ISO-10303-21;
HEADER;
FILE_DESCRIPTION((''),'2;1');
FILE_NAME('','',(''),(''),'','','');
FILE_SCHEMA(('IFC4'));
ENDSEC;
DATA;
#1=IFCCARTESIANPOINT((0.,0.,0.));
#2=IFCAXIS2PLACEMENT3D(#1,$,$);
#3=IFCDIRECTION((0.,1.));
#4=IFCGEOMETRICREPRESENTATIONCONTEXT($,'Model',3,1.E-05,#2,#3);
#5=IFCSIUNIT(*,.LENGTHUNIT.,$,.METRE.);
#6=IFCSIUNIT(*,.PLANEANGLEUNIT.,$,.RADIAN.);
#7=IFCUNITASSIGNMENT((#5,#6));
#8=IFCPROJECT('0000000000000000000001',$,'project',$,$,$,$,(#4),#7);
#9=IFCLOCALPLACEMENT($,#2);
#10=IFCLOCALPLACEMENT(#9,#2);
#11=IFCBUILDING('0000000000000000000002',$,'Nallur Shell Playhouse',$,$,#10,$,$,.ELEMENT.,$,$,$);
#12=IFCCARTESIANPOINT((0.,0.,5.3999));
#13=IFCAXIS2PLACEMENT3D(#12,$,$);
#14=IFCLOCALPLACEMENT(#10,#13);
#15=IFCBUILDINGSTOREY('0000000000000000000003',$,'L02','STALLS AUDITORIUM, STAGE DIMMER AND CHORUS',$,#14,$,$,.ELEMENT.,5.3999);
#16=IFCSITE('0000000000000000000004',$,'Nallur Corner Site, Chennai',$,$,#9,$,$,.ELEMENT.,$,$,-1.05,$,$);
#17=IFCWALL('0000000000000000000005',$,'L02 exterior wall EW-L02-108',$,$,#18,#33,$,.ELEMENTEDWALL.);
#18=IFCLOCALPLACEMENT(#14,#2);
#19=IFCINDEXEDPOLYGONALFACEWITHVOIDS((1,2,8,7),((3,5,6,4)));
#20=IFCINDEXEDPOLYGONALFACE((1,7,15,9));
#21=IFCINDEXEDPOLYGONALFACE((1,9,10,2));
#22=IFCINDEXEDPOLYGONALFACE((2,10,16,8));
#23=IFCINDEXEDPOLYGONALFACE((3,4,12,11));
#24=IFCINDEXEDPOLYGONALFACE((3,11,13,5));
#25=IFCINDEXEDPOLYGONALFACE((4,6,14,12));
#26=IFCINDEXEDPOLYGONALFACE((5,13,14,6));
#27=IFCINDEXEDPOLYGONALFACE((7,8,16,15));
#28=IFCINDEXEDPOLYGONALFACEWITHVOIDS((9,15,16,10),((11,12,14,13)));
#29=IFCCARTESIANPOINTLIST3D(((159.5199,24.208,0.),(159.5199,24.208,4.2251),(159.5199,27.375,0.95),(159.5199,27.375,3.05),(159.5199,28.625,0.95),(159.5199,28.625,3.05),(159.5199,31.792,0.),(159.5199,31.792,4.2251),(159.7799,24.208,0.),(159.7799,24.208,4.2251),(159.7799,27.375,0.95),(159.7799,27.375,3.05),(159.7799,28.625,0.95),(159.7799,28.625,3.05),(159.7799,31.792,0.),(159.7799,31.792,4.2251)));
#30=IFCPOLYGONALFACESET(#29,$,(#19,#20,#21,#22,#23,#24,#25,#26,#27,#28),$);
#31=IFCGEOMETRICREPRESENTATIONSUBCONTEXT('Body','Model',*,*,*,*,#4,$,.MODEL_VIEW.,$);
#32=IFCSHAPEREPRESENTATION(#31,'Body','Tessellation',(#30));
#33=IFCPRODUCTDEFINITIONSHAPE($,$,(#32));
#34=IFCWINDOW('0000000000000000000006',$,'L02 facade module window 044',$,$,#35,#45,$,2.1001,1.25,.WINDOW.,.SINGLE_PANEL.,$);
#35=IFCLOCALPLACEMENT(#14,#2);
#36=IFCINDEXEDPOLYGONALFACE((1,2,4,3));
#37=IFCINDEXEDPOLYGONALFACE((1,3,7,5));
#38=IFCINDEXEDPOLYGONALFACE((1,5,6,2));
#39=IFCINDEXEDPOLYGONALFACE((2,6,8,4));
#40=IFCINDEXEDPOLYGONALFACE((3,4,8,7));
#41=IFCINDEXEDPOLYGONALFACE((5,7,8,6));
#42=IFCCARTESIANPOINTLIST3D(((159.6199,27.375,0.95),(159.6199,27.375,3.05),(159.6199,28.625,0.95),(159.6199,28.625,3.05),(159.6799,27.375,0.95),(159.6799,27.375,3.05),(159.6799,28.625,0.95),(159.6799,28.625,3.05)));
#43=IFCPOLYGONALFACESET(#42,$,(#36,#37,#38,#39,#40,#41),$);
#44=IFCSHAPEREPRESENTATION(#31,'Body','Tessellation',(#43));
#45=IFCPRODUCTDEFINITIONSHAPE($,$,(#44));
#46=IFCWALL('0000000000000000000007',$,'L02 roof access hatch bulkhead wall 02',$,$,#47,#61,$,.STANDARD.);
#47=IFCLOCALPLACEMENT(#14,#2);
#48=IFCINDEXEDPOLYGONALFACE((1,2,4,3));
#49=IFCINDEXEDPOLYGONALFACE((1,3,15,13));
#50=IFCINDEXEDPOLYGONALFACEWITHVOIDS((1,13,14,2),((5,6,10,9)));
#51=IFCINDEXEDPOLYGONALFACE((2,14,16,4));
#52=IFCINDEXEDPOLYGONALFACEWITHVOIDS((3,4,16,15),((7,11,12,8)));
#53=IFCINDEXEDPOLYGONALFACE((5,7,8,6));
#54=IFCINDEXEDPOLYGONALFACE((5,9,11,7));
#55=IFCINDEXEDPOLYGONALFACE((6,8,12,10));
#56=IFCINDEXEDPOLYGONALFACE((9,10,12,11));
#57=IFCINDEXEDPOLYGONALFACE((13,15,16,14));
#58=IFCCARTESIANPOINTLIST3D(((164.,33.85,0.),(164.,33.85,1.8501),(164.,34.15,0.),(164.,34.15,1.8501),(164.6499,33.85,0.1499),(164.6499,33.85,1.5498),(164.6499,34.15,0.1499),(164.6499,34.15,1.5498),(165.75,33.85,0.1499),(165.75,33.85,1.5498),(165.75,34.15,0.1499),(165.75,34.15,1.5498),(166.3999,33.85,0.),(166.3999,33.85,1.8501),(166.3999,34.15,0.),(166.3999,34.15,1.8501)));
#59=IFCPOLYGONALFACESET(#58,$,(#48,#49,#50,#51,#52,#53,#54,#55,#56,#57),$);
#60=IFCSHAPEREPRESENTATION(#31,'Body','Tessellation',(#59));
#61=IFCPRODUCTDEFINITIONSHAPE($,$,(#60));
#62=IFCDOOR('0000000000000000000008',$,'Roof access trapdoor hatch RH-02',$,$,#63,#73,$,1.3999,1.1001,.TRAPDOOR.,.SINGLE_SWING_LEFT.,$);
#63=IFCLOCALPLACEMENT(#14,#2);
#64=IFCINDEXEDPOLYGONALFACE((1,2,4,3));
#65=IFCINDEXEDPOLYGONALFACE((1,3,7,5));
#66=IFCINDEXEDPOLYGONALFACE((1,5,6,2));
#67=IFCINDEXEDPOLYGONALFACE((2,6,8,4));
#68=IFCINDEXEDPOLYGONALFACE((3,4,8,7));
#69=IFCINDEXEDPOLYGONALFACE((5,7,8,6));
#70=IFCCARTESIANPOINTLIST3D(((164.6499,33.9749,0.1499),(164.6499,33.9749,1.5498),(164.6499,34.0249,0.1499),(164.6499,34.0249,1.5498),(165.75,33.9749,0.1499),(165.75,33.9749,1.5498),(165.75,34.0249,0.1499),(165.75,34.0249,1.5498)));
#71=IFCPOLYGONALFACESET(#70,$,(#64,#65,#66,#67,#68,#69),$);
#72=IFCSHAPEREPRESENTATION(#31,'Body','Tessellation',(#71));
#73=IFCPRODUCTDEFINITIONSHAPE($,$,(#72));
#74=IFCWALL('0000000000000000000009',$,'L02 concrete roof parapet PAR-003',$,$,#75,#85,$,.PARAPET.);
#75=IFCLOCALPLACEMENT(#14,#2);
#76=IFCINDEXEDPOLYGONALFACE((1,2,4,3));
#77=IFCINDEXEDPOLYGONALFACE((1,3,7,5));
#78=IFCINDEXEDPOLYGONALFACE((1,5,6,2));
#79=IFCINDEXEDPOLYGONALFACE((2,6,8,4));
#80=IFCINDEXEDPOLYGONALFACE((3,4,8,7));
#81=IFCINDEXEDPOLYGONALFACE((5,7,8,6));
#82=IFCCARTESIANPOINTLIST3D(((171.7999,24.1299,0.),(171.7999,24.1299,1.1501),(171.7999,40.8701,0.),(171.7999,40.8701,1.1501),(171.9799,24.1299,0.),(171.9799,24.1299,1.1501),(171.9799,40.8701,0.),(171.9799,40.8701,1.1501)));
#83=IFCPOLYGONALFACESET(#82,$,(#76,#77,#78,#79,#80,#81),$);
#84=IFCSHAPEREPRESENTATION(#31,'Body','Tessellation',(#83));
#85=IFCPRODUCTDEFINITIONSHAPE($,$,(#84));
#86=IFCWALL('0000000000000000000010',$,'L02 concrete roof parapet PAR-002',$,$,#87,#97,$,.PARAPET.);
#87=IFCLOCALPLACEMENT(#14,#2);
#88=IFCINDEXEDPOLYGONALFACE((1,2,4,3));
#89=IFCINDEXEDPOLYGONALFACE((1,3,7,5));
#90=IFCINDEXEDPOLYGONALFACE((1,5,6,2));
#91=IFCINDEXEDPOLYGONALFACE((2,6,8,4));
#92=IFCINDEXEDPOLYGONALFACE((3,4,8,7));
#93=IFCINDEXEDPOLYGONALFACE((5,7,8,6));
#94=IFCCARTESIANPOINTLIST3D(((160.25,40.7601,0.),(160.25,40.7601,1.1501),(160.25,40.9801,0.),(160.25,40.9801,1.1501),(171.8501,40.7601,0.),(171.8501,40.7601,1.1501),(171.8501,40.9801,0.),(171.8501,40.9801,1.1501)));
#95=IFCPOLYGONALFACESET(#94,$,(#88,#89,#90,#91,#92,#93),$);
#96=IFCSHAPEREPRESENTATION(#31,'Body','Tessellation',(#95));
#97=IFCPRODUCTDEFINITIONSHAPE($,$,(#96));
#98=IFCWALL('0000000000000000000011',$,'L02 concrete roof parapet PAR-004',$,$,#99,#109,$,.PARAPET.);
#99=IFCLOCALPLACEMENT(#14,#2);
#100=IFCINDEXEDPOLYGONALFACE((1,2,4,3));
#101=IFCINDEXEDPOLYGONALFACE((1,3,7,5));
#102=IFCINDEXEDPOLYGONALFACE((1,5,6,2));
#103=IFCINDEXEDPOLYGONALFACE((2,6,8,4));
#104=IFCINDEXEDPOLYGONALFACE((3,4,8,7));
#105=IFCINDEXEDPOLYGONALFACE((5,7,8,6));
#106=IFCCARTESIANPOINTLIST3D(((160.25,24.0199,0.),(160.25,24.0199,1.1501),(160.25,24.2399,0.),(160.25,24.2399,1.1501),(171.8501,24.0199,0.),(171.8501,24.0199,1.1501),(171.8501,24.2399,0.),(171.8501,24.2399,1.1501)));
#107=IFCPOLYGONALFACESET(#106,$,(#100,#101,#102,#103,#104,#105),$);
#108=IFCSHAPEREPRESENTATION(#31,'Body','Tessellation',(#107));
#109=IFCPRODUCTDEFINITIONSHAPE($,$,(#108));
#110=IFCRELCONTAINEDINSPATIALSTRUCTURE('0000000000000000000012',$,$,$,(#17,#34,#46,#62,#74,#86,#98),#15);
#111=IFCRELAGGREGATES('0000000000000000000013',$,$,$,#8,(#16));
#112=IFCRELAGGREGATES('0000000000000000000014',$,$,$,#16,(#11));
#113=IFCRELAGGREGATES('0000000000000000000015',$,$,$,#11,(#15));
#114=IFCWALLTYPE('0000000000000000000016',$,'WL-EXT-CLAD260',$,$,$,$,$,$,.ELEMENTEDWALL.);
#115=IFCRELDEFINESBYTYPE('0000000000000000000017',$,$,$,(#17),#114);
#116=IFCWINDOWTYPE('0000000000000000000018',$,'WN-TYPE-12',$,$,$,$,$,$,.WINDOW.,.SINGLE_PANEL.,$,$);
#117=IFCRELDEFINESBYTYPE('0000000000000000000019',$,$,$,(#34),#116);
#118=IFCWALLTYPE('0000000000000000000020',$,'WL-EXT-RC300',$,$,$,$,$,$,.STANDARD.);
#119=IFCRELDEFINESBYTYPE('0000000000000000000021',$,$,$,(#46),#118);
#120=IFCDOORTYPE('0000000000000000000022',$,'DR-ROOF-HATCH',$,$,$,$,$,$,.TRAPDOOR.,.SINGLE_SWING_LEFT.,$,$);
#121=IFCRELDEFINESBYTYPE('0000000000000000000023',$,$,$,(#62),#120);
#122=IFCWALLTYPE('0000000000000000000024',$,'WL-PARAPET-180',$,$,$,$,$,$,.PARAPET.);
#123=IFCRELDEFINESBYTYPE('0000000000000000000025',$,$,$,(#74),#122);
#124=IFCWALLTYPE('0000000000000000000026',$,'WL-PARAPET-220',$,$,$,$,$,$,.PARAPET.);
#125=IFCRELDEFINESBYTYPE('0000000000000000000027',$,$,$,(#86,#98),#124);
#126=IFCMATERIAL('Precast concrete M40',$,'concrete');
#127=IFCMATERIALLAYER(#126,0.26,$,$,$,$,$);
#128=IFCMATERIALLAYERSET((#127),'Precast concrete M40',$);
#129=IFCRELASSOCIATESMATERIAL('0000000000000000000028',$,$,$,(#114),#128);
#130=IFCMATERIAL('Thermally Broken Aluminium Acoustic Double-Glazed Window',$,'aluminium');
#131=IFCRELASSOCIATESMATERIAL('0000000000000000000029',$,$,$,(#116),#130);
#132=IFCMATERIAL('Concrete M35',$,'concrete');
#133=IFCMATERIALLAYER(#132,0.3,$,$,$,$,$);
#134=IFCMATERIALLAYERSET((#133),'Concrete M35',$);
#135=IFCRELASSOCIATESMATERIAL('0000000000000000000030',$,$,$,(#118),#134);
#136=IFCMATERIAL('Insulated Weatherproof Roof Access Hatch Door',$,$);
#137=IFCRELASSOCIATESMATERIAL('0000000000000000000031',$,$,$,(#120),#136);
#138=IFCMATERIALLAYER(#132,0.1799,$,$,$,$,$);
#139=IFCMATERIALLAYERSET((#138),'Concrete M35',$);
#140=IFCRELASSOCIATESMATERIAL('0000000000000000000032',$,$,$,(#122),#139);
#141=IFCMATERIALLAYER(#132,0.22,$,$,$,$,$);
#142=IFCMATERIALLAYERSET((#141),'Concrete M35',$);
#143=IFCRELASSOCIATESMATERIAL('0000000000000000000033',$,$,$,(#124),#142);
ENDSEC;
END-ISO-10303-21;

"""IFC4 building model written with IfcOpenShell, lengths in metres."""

from ifc_helpers import new_model, si_unit, direction, frame, frame_2d, origin, place, context, subcontext, project, spatial, rectangle, extrude, material, layer, layer_set, type_object, element, fill, save


model = new_model("IFC4")

# Units and contexts
model_context = context("Model", 3, precision=1e-05, world=origin(), true_north=direction((0.0, 1.0)))
body_context = subcontext(model_context, "Body", "Model", "MODEL_VIEW")
ifc_project = project(units=[si_unit("LENGTHUNIT", "METRE"), si_unit("PLANEANGLEUNIT", "RADIAN")], contexts=[model_context])

# Site, building, storey
site_placement = place(None, origin())
site = spatial("IfcSite", under=ifc_project, at=site_placement, Name="Nallur Corner Site, Chennai", CompositionType="ELEMENT", RefElevation=-1.05)
building_placement = place(site_placement, origin())
building = spatial("IfcBuilding", under=site, at=building_placement, Name="Nallur Shell Playhouse", CompositionType="ELEMENT")
storey_placement = place(building_placement, frame((0.0, 0.0, 5.3999)))
storey = spatial("IfcBuildingStorey", under=building, at=storey_placement, Name="L02", Description="STALLS AUDITORIUM, STAGE DIMMER AND CHORUS", CompositionType="ELEMENT", Elevation=5.3999)

# Shared definitions
ifc_material_1 = material(Name="Concrete M35", Category="concrete")

# Wall, opening, window
ifc_material_2 = material(Name="Precast concrete M40", Category="concrete")
ifc_layer_1 = layer(ifc_material_2, 0.26)
ifc_layer_set_1 = layer_set([ifc_layer_1], Name="Precast concrete M40")
wall_type_1 = type_object("IfcWallType", Name="WL-EXT-CLAD260", PredefinedType="ELEMENTEDWALL", material=ifc_layer_set_1)
ifc_material_3 = material(Name="Thermally Broken Aluminium Acoustic Double-Glazed Window", Category="aluminium")
wall_1_placement = place(storey_placement, frame((159.6499, 31.792, 0.0), z_axis=(0.0, 0.0, 1.0), x_axis=(0.0, -1.0, 0.0)))
wall_1 = element("IfcWall", 1, at=wall_1_placement, inside=storey, type_object=wall_type_1, Name="L02 exterior wall EW-L02-108", PredefinedType="ELEMENTEDWALL", context=body_context, shape_type="SweptSolid", body=[
    extrude(rectangle(XDim=7.584, YDim=0.26, at=frame_2d((3.792, 0.0))), origin(), (0.0, 0.0, 1.0), 4.2251),
])
opening_1_placement = place(wall_1_placement, frame((3.167, 0.0, 0.95)))
opening_1 = element("IfcOpeningElement", 2, at=opening_1_placement, cuts=wall_1, PredefinedType="OPENING", context=body_context, shape_type="SweptSolid", body=[
    extrude(rectangle(XDim=1.25, YDim=2.1001, at=frame_2d((0.625, 1.05))), frame((0.0, 0.1401, 0.0), z_axis=(0.0, -1.0, 0.0), x_axis=(1.0, 0.0, 0.0)), (0.0, 0.0, 1.0), 0.28),
])
window_type_1 = type_object("IfcWindowType", Name="WN-TYPE-12", PartitioningType="SINGLE_PANEL", PredefinedType="WINDOW", material=ifc_material_3)
window_1_placement = place(opening_1_placement, origin())
window_1 = element("IfcWindow", 3, at=window_1_placement, inside=storey, type_object=window_type_1, Name="L02 facade module window 044", OverallHeight=2.1001, OverallWidth=1.25, PartitioningType="SINGLE_PANEL", PredefinedType="WINDOW", context=body_context, shape_type="SweptSolid", body=[
    extrude(rectangle(XDim=1.25, YDim=2.1001, at=frame_2d((0.625, 1.05))), frame((0.0, 0.03, 0.0), z_axis=(0.0, -1.0, 0.0), x_axis=(1.0, 0.0, 0.0)), (0.0, 0.0, 1.0), 0.0601),
])
fill(opening_1, window_1)

# Wall, opening, door
ifc_layer_2 = layer(ifc_material_1, 0.3)
ifc_layer_set_2 = layer_set([ifc_layer_2], Name="Concrete M35")
wall_type_2 = type_object("IfcWallType", Name="WL-EXT-RC300", PredefinedType="STANDARD", material=ifc_layer_set_2)
wall_2_placement = place(storey_placement, frame((164.0, 34.0, 0.0), z_axis=(0.0, 0.0, 1.0), x_axis=(1.0, 0.0, 0.0)))
wall_2 = element("IfcWall", 4, at=wall_2_placement, inside=storey, type_object=wall_type_2, Name="L02 roof access hatch bulkhead wall 02", PredefinedType="STANDARD", context=body_context, shape_type="SweptSolid", body=[
    extrude(rectangle(XDim=2.3999, YDim=0.3, at=frame_2d((1.2, 0.0))), origin(), (0.0, 0.0, 1.0), 1.8501),
])
opening_2_placement = place(wall_2_placement, frame((0.6499, 0.0, 0.1499)))
opening_2 = element("IfcOpeningElement", 5, at=opening_2_placement, cuts=wall_2, PredefinedType="OPENING", context=body_context, shape_type="SweptSolid", body=[
    extrude(rectangle(XDim=1.1001, YDim=1.3999, at=frame_2d((0.55, 0.7))), frame((0.0, 0.1602, 0.0), z_axis=(0.0, -1.0, 0.0), x_axis=(1.0, 0.0, 0.0)), (0.0, 0.0, 1.0), 0.3201),
])
ifc_material_4 = material(Name="Insulated Weatherproof Roof Access Hatch Door")
door_type = type_object("IfcDoorType", Name="DR-ROOF-HATCH", OperationType="SINGLE_SWING_LEFT", PredefinedType="TRAPDOOR", material=ifc_material_4)
door_placement = place(opening_2_placement, origin())
door = element("IfcDoor", 6, at=door_placement, inside=storey, type_object=door_type, Name="Roof access trapdoor hatch RH-02", OperationType="SINGLE_SWING_LEFT", OverallHeight=1.3999, OverallWidth=1.1001, PredefinedType="TRAPDOOR", context=body_context, shape_type="SweptSolid", body=[
    extrude(rectangle(XDim=1.1001, YDim=1.3999, at=frame_2d((0.55, 0.7))), frame((0.0, 0.0249, 0.0), z_axis=(0.0, -1.0, 0.0), x_axis=(1.0, 0.0, 0.0)), (0.0, 0.0, 1.0), 0.05),
])
fill(opening_2, door)

# Walls
ifc_layer_3 = layer(ifc_material_1, 0.1799)
ifc_layer_set_3 = layer_set([ifc_layer_3], Name="Concrete M35")
wall_type_3 = type_object("IfcWallType", Name="WL-PARAPET-180", PredefinedType="PARAPET", material=ifc_layer_set_3)
wall_3_placement = place(storey_placement, frame((171.8899, 40.8701, 0.0), z_axis=(0.0, 0.0, 1.0), x_axis=(0.0, -1.0, 0.0)))
element("IfcWall", 7, at=wall_3_placement, inside=storey, type_object=wall_type_3, Name="L02 concrete roof parapet PAR-003", PredefinedType="PARAPET", context=body_context, shape_type="SweptSolid", body=[
    extrude(rectangle(XDim=16.7402, YDim=0.1799, at=frame_2d((8.3701, 0.0))), origin(), (0.0, 0.0, 1.0), 1.1501),
])
ifc_layer_4 = layer(ifc_material_1, 0.22)
ifc_layer_set_4 = layer_set([ifc_layer_4], Name="Concrete M35")
wall_type_4 = type_object("IfcWallType", Name="WL-PARAPET-220", PredefinedType="PARAPET", material=ifc_layer_set_4)
for number, where, z_axis, x_axis, name in (
    (8, (160.25, 40.8701, 0.0), (0.0, 0.0, 1.0), (1.0, 0.0, 0.0), "L02 concrete roof parapet PAR-002"),
    (9, (171.8501, 24.1299, 0.0), (0.0, 0.0, 1.0), (-1.0, 0.0, 0.0), "L02 concrete roof parapet PAR-004"),
):
    element("IfcWall", number, at=place(storey_placement, frame(where, z_axis=z_axis, x_axis=x_axis)), inside=storey, type_object=wall_type_4, Name=name, PredefinedType="PARAPET", context=body_context, shape_type="SweptSolid", body=[
        extrude(rectangle(XDim=11.6001, YDim=0.22, at=frame_2d((5.8, 0.0))), origin(), (0.0, 0.0, 1.0), 1.1501),
    ])

save(model, "model.ifc")
